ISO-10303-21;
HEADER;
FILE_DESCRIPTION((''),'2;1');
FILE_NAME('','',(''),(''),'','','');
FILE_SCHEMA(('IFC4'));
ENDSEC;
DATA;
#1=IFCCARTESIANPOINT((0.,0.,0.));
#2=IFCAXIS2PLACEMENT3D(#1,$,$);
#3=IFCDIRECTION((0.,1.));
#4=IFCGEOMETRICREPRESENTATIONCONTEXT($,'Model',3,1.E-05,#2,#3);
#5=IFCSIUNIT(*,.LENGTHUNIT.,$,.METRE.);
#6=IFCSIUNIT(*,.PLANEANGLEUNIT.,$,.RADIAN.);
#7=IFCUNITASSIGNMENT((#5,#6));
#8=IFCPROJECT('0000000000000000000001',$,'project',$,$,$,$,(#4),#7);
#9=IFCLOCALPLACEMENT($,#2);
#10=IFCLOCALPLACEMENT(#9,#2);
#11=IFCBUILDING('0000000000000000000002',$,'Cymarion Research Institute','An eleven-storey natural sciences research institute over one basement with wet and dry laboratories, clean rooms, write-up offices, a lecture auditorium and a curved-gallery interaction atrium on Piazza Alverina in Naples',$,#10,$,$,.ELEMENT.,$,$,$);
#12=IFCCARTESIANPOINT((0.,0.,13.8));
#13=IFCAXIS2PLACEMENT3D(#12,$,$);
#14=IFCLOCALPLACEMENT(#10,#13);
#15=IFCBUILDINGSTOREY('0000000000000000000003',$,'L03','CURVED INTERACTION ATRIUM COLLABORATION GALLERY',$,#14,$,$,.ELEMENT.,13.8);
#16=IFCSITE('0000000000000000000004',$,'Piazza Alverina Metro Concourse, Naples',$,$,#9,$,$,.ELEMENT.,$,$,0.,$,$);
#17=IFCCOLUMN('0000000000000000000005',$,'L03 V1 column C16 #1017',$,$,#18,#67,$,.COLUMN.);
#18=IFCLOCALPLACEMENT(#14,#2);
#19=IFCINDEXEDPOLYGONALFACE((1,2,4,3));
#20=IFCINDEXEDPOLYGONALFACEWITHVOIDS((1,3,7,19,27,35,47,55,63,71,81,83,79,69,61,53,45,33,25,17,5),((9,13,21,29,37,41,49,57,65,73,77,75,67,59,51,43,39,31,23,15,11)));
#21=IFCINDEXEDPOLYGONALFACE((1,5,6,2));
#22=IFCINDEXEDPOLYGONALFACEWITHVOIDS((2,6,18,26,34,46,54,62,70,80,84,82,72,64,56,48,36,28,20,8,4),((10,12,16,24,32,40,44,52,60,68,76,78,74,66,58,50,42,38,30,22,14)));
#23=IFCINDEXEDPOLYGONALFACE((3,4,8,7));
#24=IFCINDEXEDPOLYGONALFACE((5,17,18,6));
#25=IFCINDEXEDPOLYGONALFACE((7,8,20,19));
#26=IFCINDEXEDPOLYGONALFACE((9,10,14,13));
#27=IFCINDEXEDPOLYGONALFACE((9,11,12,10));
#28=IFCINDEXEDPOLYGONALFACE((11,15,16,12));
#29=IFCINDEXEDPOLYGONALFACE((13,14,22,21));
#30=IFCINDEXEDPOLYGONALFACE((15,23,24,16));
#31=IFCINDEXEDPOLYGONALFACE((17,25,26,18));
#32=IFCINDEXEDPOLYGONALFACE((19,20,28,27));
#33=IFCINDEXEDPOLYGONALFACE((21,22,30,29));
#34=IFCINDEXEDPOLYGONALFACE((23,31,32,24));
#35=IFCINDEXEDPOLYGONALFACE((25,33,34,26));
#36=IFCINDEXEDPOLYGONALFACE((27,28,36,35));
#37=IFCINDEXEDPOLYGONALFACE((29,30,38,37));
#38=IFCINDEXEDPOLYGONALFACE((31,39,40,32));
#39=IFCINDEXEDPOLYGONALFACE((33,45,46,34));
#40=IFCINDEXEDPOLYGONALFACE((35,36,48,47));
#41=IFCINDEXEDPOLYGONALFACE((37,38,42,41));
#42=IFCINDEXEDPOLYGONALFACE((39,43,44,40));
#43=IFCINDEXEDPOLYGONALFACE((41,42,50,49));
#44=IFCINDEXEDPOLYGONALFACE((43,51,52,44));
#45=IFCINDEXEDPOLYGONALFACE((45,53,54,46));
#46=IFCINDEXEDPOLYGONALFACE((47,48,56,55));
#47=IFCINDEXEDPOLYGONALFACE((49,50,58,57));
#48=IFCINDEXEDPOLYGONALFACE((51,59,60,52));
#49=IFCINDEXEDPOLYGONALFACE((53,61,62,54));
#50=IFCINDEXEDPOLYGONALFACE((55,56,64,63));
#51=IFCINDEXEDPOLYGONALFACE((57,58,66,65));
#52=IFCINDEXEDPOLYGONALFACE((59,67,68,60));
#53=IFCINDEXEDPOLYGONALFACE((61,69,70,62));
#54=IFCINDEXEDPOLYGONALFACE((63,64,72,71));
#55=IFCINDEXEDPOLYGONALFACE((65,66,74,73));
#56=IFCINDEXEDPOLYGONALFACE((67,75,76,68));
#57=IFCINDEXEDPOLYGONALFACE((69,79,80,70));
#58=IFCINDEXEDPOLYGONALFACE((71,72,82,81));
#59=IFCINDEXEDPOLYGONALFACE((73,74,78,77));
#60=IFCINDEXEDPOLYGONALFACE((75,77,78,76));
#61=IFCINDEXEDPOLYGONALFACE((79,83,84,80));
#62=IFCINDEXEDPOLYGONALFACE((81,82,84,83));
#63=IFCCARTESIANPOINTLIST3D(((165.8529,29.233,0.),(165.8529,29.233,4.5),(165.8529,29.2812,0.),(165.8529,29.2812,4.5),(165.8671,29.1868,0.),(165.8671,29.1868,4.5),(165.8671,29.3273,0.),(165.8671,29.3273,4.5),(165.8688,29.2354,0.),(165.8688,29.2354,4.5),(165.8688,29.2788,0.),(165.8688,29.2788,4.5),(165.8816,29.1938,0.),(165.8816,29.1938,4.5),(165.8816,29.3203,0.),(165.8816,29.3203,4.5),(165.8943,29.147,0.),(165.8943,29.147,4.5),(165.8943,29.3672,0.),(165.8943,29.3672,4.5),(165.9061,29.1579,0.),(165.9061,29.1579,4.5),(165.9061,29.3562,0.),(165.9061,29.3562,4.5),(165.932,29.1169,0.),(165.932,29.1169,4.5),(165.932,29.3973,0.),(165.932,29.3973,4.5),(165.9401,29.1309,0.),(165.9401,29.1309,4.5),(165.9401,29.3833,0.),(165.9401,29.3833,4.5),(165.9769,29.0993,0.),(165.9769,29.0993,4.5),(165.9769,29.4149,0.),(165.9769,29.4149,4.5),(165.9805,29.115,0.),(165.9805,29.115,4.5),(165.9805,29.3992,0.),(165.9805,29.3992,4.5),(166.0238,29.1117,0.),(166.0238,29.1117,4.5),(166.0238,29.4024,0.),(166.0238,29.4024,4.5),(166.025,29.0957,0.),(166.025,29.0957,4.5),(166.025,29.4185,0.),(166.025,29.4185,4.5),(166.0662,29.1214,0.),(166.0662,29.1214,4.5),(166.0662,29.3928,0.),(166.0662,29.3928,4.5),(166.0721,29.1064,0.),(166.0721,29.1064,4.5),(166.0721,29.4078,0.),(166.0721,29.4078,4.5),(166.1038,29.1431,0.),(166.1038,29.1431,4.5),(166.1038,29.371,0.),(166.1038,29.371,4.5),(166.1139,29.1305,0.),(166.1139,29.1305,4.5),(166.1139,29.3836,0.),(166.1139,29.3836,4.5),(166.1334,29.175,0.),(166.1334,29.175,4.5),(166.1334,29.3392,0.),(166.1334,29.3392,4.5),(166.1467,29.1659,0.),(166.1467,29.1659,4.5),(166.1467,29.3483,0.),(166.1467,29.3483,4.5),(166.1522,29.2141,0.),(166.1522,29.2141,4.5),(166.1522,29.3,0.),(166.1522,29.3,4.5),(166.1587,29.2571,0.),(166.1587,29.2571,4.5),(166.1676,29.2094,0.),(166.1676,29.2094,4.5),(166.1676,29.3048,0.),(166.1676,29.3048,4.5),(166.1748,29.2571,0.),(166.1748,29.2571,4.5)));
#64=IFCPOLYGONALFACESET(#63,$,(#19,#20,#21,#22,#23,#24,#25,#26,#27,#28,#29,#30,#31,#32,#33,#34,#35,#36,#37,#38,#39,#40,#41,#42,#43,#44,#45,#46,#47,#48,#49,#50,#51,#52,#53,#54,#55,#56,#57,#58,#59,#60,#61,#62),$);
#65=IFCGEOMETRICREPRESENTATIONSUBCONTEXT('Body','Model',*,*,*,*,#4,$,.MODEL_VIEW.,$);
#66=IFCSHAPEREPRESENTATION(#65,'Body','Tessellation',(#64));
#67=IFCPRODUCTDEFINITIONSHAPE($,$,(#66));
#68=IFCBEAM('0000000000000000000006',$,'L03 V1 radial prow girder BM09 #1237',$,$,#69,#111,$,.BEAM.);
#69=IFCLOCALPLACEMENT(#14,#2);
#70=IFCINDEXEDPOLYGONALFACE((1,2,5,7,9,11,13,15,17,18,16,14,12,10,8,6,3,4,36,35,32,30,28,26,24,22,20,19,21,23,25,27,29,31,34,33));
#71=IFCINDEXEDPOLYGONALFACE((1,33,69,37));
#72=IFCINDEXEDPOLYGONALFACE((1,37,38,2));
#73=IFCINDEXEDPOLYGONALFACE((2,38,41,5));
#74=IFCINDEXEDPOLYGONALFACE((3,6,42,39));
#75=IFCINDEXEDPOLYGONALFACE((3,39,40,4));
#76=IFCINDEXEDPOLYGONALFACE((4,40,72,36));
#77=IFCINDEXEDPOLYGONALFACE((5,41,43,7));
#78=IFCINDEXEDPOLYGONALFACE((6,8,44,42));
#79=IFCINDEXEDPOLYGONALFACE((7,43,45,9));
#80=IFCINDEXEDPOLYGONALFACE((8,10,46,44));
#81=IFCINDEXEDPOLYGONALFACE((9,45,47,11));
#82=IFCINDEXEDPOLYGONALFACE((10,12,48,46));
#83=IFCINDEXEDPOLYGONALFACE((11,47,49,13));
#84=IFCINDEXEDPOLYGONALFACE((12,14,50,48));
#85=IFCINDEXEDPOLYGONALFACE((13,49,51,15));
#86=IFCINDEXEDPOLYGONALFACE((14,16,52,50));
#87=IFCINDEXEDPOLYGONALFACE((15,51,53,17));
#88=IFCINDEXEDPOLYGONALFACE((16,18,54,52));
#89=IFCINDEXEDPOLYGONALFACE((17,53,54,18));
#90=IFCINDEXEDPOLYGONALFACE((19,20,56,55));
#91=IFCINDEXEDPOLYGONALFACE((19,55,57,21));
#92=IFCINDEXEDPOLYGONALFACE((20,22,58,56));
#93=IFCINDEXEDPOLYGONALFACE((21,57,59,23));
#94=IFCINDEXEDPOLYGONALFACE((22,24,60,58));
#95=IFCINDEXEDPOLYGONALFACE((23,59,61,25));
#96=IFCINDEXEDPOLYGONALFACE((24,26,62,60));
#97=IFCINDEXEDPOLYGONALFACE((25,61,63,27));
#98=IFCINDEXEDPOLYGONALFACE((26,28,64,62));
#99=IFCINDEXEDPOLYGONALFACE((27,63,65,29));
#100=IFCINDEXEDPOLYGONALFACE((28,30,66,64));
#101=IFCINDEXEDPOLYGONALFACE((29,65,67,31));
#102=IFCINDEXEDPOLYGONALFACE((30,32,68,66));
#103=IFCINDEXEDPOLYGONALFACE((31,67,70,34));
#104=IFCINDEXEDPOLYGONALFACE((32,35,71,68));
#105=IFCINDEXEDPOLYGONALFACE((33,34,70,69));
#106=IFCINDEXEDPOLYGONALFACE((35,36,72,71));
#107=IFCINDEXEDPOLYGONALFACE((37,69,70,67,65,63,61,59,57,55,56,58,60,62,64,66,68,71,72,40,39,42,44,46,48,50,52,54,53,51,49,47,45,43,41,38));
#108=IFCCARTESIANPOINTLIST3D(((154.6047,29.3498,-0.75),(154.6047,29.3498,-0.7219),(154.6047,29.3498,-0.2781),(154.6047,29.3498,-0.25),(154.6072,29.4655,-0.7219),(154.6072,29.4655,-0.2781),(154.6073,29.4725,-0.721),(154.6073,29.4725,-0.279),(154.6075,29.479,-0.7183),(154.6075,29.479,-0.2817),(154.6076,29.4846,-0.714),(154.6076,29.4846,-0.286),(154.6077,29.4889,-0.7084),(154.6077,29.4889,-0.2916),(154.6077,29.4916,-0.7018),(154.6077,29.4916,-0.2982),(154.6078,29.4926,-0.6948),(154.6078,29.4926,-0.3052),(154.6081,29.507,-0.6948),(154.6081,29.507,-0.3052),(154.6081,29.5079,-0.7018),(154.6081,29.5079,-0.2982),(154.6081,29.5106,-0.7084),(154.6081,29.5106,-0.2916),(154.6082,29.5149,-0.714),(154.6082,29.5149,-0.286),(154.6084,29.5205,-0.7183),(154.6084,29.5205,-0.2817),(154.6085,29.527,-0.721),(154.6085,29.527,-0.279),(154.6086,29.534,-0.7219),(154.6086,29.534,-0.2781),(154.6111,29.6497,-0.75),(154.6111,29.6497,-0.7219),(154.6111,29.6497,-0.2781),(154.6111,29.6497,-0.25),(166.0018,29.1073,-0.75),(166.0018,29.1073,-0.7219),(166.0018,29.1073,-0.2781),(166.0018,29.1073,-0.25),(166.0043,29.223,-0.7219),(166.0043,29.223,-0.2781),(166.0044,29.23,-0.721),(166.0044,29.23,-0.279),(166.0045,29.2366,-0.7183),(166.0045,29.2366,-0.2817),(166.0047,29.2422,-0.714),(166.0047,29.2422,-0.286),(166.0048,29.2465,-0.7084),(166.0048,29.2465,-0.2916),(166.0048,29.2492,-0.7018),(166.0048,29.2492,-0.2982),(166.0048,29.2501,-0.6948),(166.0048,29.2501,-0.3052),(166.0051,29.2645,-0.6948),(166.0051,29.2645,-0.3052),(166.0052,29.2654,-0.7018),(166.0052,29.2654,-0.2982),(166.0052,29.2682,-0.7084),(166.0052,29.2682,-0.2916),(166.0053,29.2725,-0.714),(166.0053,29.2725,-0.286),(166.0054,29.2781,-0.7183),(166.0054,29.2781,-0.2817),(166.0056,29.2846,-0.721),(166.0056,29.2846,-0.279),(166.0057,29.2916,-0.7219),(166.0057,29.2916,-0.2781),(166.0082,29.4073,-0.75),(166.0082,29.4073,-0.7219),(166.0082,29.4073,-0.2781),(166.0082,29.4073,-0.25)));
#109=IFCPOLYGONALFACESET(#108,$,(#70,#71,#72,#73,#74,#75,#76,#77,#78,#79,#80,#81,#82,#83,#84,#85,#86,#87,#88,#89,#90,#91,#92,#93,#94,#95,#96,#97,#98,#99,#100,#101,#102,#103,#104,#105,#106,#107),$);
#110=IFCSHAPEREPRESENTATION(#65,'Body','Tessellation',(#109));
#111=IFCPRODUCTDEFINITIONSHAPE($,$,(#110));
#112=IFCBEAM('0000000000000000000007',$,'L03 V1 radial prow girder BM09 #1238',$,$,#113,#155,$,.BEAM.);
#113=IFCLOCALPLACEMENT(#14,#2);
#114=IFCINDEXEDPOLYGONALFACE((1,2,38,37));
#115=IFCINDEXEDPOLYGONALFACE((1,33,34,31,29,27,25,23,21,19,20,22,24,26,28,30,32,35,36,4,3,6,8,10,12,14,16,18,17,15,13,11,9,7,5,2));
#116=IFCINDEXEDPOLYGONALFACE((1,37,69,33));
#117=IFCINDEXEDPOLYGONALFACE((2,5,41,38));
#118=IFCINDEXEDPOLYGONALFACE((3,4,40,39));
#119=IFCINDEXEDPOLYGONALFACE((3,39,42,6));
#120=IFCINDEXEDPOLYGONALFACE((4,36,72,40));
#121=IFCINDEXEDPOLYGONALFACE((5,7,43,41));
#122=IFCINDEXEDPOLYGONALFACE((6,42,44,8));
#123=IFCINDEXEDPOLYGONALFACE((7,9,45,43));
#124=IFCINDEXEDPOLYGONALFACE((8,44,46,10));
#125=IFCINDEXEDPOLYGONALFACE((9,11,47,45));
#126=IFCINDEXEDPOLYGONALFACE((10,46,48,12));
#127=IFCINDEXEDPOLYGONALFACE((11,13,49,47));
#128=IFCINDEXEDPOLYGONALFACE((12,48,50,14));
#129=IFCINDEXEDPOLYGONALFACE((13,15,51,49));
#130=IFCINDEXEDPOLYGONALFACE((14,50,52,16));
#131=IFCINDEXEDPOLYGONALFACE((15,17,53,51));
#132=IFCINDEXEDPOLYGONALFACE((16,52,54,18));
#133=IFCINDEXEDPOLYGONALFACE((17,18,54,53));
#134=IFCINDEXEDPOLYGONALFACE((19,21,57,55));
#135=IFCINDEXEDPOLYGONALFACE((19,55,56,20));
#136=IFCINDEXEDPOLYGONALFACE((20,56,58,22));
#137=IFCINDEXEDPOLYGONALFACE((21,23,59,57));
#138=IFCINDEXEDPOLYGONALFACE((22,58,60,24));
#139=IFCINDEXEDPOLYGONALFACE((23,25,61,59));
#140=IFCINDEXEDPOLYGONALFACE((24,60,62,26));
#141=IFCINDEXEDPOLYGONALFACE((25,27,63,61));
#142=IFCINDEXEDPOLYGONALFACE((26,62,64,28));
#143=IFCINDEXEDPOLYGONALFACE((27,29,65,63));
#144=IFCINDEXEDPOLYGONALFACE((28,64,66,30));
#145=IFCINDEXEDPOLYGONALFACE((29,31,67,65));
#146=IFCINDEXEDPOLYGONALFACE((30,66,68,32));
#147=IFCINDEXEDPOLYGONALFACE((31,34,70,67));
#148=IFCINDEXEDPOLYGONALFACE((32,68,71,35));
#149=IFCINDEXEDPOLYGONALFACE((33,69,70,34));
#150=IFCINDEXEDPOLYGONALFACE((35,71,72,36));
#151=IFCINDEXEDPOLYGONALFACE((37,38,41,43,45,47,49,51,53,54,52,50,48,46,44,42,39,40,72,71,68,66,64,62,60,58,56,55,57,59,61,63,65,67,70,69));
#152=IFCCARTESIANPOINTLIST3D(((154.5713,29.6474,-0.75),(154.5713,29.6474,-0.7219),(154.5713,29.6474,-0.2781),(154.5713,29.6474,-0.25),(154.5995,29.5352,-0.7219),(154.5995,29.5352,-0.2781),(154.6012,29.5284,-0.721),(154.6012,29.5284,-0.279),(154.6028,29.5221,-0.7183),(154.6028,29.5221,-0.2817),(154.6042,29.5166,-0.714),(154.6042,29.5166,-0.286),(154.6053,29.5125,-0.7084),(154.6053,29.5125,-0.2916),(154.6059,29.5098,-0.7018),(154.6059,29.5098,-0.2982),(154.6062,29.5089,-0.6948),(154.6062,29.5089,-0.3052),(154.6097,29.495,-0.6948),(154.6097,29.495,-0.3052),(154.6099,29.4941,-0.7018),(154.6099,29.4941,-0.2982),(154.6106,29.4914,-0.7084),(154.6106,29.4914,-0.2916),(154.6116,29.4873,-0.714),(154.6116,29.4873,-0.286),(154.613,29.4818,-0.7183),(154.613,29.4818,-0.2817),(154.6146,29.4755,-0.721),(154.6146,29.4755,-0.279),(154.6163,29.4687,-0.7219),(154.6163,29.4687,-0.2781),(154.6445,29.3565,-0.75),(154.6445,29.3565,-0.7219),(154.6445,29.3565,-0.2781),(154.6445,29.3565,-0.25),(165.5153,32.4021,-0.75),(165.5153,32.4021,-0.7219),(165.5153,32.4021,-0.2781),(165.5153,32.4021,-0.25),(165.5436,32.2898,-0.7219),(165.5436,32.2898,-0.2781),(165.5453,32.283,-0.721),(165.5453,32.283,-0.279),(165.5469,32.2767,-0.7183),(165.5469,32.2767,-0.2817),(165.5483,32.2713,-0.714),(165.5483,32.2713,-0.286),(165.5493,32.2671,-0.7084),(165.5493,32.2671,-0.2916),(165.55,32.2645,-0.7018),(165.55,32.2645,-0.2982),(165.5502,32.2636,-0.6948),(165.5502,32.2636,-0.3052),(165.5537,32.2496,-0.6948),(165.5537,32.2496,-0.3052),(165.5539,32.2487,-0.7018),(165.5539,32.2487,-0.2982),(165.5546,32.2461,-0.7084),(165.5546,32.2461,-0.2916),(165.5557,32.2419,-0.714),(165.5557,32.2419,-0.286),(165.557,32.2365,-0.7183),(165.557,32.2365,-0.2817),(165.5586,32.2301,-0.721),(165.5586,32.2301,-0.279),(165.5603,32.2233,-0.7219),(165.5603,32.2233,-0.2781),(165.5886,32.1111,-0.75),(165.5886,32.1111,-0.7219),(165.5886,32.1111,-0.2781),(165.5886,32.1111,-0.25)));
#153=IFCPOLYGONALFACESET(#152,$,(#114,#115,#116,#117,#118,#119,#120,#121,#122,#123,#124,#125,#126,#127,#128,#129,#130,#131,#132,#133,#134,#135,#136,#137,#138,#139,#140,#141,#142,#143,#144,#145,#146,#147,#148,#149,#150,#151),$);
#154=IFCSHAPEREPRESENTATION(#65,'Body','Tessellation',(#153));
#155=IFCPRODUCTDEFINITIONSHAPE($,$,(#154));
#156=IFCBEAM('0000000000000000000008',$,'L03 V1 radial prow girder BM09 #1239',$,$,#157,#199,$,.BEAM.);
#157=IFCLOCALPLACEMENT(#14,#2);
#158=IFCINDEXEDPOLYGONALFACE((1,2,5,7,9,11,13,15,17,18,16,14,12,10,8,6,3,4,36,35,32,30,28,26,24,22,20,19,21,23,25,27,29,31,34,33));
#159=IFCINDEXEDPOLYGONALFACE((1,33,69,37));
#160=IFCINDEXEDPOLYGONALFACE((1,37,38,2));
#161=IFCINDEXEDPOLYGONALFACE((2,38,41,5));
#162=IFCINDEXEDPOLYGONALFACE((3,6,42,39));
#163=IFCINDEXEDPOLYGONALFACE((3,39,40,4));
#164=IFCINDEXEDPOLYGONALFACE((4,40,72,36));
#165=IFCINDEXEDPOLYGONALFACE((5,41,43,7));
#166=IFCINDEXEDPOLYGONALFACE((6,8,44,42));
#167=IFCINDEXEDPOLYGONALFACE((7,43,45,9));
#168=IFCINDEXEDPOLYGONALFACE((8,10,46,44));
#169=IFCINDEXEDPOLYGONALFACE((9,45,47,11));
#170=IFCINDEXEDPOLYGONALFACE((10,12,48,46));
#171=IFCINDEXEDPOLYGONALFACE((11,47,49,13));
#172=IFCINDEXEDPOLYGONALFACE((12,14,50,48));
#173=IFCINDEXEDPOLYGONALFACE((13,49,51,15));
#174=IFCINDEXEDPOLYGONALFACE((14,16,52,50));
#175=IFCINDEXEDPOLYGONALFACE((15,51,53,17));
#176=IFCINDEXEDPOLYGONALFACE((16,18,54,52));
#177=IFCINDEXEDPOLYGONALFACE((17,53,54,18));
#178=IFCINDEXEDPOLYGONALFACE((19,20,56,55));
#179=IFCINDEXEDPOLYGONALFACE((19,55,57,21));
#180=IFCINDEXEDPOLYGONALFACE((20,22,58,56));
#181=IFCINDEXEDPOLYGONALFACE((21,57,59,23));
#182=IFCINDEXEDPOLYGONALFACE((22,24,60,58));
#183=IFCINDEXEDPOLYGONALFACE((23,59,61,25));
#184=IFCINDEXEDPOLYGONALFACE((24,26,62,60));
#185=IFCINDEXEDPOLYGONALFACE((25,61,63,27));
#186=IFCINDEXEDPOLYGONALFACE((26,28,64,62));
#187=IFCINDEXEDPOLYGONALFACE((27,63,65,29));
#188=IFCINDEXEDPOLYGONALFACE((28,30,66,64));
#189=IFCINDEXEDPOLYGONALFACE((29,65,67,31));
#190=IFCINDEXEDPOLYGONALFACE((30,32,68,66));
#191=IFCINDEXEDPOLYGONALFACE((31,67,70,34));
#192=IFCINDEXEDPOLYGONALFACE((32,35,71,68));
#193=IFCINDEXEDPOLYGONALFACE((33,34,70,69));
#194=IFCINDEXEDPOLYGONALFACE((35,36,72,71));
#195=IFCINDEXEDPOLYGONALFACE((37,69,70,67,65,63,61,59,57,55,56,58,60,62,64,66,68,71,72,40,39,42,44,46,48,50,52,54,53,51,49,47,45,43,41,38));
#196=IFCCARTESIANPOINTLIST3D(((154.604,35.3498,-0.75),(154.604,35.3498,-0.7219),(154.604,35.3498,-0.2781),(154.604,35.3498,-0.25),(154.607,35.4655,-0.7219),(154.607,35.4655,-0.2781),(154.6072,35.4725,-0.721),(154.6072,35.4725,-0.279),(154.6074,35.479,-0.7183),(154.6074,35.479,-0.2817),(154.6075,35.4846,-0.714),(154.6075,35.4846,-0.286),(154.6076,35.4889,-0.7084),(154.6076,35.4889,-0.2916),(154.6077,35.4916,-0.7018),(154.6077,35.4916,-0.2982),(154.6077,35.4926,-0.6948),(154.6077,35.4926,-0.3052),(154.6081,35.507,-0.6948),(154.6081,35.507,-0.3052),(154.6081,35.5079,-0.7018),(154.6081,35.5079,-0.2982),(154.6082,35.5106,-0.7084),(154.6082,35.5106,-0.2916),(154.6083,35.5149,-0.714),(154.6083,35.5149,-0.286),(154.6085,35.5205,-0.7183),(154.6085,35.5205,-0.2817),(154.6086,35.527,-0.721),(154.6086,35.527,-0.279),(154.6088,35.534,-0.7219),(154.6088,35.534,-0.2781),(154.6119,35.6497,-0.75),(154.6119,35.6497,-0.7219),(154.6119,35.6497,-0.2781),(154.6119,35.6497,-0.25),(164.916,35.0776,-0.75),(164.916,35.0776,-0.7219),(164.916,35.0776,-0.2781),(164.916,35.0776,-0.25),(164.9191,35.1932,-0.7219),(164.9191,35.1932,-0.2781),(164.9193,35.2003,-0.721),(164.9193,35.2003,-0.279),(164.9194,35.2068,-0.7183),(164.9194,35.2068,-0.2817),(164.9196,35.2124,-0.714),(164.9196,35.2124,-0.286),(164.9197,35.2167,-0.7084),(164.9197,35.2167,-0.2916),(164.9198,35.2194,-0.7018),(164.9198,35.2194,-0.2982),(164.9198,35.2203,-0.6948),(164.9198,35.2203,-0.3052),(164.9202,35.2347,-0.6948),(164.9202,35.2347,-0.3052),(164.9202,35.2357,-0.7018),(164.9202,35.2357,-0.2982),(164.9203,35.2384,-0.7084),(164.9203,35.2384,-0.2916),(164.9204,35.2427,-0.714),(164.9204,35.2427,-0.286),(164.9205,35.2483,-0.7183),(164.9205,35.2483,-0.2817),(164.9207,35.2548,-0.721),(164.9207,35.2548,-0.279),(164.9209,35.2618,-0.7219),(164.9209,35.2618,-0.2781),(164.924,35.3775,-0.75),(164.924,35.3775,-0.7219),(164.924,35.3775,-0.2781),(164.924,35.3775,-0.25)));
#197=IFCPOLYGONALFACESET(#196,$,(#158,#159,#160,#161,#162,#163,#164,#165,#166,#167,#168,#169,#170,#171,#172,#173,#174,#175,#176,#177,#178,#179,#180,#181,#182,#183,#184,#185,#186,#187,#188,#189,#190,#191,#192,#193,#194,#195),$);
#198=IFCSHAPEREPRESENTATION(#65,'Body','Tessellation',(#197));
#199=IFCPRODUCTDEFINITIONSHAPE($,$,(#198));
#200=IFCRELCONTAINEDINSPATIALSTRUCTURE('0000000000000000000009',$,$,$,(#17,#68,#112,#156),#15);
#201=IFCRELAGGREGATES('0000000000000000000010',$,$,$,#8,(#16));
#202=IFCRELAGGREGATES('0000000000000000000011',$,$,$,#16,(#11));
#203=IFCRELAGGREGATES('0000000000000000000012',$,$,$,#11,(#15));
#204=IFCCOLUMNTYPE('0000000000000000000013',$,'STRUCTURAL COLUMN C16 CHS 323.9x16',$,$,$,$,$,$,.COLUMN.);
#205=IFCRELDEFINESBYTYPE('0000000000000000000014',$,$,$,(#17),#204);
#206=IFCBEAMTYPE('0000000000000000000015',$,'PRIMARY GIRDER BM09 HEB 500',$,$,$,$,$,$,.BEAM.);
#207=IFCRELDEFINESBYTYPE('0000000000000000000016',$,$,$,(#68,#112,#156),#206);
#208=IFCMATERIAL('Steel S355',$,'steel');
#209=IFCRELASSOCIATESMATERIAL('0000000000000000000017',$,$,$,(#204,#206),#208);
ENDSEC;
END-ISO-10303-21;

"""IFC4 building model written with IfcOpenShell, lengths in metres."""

from ifc_helpers import new_model, si_unit, direction, frame, origin, origin_2d, place, context, subcontext, project, spatial, hollow_circle, i_section, extrude, material, material_profile, profile_set, type_object, element, save


model = new_model("IFC4")

# Units and contexts
model_context = context("Model", 3, precision=1e-05, world=origin(), true_north=direction((0.0, 1.0)))
body_context = subcontext(model_context, "Body", "Model", "MODEL_VIEW")
ifc_project = project(units=[si_unit("LENGTHUNIT", "METRE"), si_unit("PLANEANGLEUNIT", "RADIAN")], contexts=[model_context])

# Site, building, storey
site_placement = place(None, origin())
site = spatial("IfcSite", under=ifc_project, at=site_placement, Name="Piazza Alverina Metro Concourse, Naples", CompositionType="ELEMENT", RefElevation=0.0)
building_placement = place(site_placement, origin())
building = spatial("IfcBuilding", under=site, at=building_placement, Name="Cymarion Research Institute", Description="An eleven-storey natural sciences research institute over one basement with wet and dry laboratories, clean rooms, write-up offices, a lecture auditorium and a curved-gallery interaction atrium on Piazza Alverina in Naples", CompositionType="ELEMENT")
storey_placement = place(building_placement, frame((0.0, 0.0, 13.8)))
storey = spatial("IfcBuildingStorey", under=building, at=storey_placement, Name="L03", Description="CURVED INTERACTION ATRIUM COLLABORATION GALLERY", CompositionType="ELEMENT", Elevation=13.8)

# Column
ifc_material_1 = material(Name="Steel S355", Category="steel")
ifc_material_profile_1 = material_profile(ifc_material_1, hollow_circle(Radius=0.1619, WallThickness=0.0161, at=origin_2d()), Name="CHS 323.9x16")
ifc_profile_set_1 = profile_set([ifc_material_profile_1], Name="Steel S355")
column_type_1 = type_object("IfcColumnType", Name="STRUCTURAL COLUMN C16 CHS 323.9x16", PredefinedType="COLUMN", material=ifc_profile_set_1)
for number, where, z_axis, x_axis, name in (
    (1, (166.0129, 29.2571, 0.0), (0.0, 0.0, 1.0), (1.0, 0.0, 0.0), "L03 V1 column C16 #1017"),
):
    element("IfcColumn", number, at=place(storey_placement, frame(where, z_axis=z_axis, x_axis=x_axis)), inside=storey, type_object=column_type_1, Name=name, PredefinedType="COLUMN", context=body_context, shape_type="SweptSolid", body=[
        extrude(hollow_circle(Radius=0.1619, WallThickness=0.0161, at=origin_2d()), origin(), (0.0, 0.0, 1.0), 4.5),
    ])

# Beams
ifc_material_profile_2 = material_profile(ifc_material_1, i_section(OverallWidth=0.3, OverallDepth=0.5, WebThickness=0.0144, FlangeThickness=0.0281, FilletRadius=0.0271, at=origin_2d()), Name="HEB 500")
ifc_profile_set_2 = profile_set([ifc_material_profile_2], Name="Steel S355")
beam_type_1 = type_object("IfcBeamType", Name="PRIMARY GIRDER BM09 HEB 500", PredefinedType="BEAM", material=ifc_profile_set_2)
beam_1_placement = place(storey_placement, frame((154.6079, 29.4998, -0.5), z_axis=(0.999774, -0.021267, 0.0), x_axis=(0.021267, 0.999774, 0.0)))
element("IfcBeam", 2, at=beam_1_placement, inside=storey, type_object=beam_type_1, Name="L03 V1 radial prow girder BM09 #1237", PredefinedType="BEAM", context=body_context, shape_type="SweptSolid", body=[
    extrude(i_section(OverallWidth=0.3, OverallDepth=0.5, WebThickness=0.0144, FlangeThickness=0.0281, FilletRadius=0.0271, at=origin_2d()), origin(), (0.0, 0.0, 1.0), 11.3997),
])
beam_2_placement = place(storey_placement, frame((154.6079, 29.502, -0.5), z_axis=(0.969753, 0.244088, 0.0), x_axis=(-0.244088, 0.969753, 0.0)))
element("IfcBeam", 3, at=beam_2_placement, inside=storey, type_object=beam_type_1, Name="L03 V1 radial prow girder BM09 #1238", PredefinedType="BEAM", context=body_context, shape_type="SweptSolid", body=[
    extrude(i_section(OverallWidth=0.3, OverallDepth=0.5, WebThickness=0.0144, FlangeThickness=0.0281, FilletRadius=0.0271, at=origin_2d()), origin(), (0.0, 0.0, 1.0), 11.2854),
])
beam_3_placement = place(storey_placement, frame((154.6079, 35.4998, -0.5), z_axis=(0.999652, -0.026389, 0.0), x_axis=(0.026389, 0.999652, 0.0)))
element("IfcBeam", 4, at=beam_3_placement, inside=storey, type_object=beam_type_1, Name="L03 V1 radial prow girder BM09 #1239", PredefinedType="BEAM", context=body_context, shape_type="SweptSolid", body=[
    extrude(i_section(OverallWidth=0.3, OverallDepth=0.5, WebThickness=0.0144, FlangeThickness=0.0281, FilletRadius=0.0271, at=origin_2d()), origin(), (0.0, 0.0, 1.0), 10.3157),
])

save(model, "model.ifc")
